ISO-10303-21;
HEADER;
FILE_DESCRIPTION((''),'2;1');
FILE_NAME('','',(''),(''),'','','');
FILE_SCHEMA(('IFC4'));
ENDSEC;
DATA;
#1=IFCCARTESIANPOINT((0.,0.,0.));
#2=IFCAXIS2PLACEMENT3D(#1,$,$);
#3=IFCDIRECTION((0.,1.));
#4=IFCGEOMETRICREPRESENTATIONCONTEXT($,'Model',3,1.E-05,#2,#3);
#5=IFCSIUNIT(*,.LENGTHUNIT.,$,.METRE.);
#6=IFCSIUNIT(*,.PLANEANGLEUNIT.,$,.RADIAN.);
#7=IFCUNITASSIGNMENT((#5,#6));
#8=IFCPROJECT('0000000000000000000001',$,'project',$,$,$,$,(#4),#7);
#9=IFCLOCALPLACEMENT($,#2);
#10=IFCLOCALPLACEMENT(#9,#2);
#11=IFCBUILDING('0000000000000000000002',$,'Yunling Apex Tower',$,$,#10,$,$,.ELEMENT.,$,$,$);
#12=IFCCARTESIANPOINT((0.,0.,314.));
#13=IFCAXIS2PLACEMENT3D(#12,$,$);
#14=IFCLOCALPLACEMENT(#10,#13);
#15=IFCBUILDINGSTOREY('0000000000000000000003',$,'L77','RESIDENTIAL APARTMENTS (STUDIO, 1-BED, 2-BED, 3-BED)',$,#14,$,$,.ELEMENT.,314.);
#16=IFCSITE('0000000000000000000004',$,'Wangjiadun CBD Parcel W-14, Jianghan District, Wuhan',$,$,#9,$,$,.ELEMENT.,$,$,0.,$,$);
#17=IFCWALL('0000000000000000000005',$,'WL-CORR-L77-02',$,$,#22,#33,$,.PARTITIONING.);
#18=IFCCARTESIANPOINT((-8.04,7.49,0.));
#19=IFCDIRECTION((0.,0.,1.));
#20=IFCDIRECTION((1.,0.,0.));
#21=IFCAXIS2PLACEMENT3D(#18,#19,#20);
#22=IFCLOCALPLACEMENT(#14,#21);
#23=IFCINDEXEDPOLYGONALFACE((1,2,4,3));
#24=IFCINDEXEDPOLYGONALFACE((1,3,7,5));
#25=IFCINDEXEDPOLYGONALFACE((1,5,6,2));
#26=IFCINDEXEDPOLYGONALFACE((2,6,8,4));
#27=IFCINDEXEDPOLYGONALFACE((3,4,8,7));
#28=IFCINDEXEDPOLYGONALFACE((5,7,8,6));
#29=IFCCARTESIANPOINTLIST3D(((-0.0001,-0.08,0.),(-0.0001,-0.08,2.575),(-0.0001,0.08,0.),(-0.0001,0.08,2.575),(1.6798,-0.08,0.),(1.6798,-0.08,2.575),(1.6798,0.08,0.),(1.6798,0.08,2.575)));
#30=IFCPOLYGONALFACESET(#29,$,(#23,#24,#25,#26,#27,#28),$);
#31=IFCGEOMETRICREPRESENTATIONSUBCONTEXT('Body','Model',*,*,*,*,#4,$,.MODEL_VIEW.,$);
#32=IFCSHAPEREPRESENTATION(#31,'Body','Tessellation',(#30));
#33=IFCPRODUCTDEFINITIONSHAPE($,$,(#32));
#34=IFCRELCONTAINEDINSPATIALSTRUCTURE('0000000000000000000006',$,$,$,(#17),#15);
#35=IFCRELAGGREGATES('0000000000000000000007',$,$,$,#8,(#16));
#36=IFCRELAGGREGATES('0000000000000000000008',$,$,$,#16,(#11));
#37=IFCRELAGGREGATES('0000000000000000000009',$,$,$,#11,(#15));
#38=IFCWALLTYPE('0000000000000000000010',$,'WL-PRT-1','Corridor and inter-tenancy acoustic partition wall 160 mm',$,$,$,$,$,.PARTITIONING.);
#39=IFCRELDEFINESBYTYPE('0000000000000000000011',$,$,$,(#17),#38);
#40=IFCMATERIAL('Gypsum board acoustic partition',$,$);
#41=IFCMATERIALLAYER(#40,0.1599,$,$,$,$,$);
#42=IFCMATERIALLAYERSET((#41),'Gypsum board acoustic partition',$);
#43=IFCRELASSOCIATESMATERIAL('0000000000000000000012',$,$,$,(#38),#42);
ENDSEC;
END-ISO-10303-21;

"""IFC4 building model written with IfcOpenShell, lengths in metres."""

from ifc_helpers import new_model, si_unit, direction, frame, frame_2d, origin, place, context, subcontext, project, spatial, rectangle, extrude, material, layer, layer_set, type_object, element, save


model = new_model("IFC4")

# Units and contexts
model_context = context("Model", 3, precision=1e-05, world=origin(), true_north=direction((0.0, 1.0)))
body_context = subcontext(model_context, "Body", "Model", "MODEL_VIEW")
ifc_project = project(units=[si_unit("LENGTHUNIT", "METRE"), si_unit("PLANEANGLEUNIT", "RADIAN")], contexts=[model_context])

# Site, building, storey
site_placement = place(None, origin())
site = spatial("IfcSite", under=ifc_project, at=site_placement, Name="Wangjiadun CBD Parcel W-14, Jianghan District, Wuhan", CompositionType="ELEMENT", RefElevation=0.0)
building_placement = place(site_placement, origin())
building = spatial("IfcBuilding", under=site, at=building_placement, Name="Yunling Apex Tower", CompositionType="ELEMENT")
storey_placement = place(building_placement, frame((0.0, 0.0, 314.0)))
storey = spatial("IfcBuildingStorey", under=building, at=storey_placement, Name="L77", Description="RESIDENTIAL APARTMENTS (STUDIO, 1-BED, 2-BED, 3-BED)", CompositionType="ELEMENT", Elevation=314.0)

# Wall
ifc_material_1 = material(Name="Gypsum board acoustic partition")
ifc_layer_1 = layer(ifc_material_1, 0.1599)
ifc_layer_set_1 = layer_set([ifc_layer_1], Name="Gypsum board acoustic partition")
wall_type_1 = type_object("IfcWallType", Name="WL-PRT-1", Description="Corridor and inter-tenancy acoustic partition wall 160 mm", PredefinedType="PARTITIONING", material=ifc_layer_set_1)
wall_1_placement = place(storey_placement, frame((-8.04, 7.49, 0.0), z_axis=(0.0, 0.0, 1.0), x_axis=(1.0, 0.0, 0.0)))
element("IfcWall", 1, at=wall_1_placement, inside=storey, type_object=wall_type_1, Name="WL-CORR-L77-02", PredefinedType="PARTITIONING", context=body_context, shape_type="SweptSolid", body=[
    extrude(rectangle(XDim=1.6799, YDim=0.1599, at=frame_2d((0.8398, 0.0))), origin(), (0.0, 0.0, 1.0), 2.575),
])

save(model, "model.ifc")
